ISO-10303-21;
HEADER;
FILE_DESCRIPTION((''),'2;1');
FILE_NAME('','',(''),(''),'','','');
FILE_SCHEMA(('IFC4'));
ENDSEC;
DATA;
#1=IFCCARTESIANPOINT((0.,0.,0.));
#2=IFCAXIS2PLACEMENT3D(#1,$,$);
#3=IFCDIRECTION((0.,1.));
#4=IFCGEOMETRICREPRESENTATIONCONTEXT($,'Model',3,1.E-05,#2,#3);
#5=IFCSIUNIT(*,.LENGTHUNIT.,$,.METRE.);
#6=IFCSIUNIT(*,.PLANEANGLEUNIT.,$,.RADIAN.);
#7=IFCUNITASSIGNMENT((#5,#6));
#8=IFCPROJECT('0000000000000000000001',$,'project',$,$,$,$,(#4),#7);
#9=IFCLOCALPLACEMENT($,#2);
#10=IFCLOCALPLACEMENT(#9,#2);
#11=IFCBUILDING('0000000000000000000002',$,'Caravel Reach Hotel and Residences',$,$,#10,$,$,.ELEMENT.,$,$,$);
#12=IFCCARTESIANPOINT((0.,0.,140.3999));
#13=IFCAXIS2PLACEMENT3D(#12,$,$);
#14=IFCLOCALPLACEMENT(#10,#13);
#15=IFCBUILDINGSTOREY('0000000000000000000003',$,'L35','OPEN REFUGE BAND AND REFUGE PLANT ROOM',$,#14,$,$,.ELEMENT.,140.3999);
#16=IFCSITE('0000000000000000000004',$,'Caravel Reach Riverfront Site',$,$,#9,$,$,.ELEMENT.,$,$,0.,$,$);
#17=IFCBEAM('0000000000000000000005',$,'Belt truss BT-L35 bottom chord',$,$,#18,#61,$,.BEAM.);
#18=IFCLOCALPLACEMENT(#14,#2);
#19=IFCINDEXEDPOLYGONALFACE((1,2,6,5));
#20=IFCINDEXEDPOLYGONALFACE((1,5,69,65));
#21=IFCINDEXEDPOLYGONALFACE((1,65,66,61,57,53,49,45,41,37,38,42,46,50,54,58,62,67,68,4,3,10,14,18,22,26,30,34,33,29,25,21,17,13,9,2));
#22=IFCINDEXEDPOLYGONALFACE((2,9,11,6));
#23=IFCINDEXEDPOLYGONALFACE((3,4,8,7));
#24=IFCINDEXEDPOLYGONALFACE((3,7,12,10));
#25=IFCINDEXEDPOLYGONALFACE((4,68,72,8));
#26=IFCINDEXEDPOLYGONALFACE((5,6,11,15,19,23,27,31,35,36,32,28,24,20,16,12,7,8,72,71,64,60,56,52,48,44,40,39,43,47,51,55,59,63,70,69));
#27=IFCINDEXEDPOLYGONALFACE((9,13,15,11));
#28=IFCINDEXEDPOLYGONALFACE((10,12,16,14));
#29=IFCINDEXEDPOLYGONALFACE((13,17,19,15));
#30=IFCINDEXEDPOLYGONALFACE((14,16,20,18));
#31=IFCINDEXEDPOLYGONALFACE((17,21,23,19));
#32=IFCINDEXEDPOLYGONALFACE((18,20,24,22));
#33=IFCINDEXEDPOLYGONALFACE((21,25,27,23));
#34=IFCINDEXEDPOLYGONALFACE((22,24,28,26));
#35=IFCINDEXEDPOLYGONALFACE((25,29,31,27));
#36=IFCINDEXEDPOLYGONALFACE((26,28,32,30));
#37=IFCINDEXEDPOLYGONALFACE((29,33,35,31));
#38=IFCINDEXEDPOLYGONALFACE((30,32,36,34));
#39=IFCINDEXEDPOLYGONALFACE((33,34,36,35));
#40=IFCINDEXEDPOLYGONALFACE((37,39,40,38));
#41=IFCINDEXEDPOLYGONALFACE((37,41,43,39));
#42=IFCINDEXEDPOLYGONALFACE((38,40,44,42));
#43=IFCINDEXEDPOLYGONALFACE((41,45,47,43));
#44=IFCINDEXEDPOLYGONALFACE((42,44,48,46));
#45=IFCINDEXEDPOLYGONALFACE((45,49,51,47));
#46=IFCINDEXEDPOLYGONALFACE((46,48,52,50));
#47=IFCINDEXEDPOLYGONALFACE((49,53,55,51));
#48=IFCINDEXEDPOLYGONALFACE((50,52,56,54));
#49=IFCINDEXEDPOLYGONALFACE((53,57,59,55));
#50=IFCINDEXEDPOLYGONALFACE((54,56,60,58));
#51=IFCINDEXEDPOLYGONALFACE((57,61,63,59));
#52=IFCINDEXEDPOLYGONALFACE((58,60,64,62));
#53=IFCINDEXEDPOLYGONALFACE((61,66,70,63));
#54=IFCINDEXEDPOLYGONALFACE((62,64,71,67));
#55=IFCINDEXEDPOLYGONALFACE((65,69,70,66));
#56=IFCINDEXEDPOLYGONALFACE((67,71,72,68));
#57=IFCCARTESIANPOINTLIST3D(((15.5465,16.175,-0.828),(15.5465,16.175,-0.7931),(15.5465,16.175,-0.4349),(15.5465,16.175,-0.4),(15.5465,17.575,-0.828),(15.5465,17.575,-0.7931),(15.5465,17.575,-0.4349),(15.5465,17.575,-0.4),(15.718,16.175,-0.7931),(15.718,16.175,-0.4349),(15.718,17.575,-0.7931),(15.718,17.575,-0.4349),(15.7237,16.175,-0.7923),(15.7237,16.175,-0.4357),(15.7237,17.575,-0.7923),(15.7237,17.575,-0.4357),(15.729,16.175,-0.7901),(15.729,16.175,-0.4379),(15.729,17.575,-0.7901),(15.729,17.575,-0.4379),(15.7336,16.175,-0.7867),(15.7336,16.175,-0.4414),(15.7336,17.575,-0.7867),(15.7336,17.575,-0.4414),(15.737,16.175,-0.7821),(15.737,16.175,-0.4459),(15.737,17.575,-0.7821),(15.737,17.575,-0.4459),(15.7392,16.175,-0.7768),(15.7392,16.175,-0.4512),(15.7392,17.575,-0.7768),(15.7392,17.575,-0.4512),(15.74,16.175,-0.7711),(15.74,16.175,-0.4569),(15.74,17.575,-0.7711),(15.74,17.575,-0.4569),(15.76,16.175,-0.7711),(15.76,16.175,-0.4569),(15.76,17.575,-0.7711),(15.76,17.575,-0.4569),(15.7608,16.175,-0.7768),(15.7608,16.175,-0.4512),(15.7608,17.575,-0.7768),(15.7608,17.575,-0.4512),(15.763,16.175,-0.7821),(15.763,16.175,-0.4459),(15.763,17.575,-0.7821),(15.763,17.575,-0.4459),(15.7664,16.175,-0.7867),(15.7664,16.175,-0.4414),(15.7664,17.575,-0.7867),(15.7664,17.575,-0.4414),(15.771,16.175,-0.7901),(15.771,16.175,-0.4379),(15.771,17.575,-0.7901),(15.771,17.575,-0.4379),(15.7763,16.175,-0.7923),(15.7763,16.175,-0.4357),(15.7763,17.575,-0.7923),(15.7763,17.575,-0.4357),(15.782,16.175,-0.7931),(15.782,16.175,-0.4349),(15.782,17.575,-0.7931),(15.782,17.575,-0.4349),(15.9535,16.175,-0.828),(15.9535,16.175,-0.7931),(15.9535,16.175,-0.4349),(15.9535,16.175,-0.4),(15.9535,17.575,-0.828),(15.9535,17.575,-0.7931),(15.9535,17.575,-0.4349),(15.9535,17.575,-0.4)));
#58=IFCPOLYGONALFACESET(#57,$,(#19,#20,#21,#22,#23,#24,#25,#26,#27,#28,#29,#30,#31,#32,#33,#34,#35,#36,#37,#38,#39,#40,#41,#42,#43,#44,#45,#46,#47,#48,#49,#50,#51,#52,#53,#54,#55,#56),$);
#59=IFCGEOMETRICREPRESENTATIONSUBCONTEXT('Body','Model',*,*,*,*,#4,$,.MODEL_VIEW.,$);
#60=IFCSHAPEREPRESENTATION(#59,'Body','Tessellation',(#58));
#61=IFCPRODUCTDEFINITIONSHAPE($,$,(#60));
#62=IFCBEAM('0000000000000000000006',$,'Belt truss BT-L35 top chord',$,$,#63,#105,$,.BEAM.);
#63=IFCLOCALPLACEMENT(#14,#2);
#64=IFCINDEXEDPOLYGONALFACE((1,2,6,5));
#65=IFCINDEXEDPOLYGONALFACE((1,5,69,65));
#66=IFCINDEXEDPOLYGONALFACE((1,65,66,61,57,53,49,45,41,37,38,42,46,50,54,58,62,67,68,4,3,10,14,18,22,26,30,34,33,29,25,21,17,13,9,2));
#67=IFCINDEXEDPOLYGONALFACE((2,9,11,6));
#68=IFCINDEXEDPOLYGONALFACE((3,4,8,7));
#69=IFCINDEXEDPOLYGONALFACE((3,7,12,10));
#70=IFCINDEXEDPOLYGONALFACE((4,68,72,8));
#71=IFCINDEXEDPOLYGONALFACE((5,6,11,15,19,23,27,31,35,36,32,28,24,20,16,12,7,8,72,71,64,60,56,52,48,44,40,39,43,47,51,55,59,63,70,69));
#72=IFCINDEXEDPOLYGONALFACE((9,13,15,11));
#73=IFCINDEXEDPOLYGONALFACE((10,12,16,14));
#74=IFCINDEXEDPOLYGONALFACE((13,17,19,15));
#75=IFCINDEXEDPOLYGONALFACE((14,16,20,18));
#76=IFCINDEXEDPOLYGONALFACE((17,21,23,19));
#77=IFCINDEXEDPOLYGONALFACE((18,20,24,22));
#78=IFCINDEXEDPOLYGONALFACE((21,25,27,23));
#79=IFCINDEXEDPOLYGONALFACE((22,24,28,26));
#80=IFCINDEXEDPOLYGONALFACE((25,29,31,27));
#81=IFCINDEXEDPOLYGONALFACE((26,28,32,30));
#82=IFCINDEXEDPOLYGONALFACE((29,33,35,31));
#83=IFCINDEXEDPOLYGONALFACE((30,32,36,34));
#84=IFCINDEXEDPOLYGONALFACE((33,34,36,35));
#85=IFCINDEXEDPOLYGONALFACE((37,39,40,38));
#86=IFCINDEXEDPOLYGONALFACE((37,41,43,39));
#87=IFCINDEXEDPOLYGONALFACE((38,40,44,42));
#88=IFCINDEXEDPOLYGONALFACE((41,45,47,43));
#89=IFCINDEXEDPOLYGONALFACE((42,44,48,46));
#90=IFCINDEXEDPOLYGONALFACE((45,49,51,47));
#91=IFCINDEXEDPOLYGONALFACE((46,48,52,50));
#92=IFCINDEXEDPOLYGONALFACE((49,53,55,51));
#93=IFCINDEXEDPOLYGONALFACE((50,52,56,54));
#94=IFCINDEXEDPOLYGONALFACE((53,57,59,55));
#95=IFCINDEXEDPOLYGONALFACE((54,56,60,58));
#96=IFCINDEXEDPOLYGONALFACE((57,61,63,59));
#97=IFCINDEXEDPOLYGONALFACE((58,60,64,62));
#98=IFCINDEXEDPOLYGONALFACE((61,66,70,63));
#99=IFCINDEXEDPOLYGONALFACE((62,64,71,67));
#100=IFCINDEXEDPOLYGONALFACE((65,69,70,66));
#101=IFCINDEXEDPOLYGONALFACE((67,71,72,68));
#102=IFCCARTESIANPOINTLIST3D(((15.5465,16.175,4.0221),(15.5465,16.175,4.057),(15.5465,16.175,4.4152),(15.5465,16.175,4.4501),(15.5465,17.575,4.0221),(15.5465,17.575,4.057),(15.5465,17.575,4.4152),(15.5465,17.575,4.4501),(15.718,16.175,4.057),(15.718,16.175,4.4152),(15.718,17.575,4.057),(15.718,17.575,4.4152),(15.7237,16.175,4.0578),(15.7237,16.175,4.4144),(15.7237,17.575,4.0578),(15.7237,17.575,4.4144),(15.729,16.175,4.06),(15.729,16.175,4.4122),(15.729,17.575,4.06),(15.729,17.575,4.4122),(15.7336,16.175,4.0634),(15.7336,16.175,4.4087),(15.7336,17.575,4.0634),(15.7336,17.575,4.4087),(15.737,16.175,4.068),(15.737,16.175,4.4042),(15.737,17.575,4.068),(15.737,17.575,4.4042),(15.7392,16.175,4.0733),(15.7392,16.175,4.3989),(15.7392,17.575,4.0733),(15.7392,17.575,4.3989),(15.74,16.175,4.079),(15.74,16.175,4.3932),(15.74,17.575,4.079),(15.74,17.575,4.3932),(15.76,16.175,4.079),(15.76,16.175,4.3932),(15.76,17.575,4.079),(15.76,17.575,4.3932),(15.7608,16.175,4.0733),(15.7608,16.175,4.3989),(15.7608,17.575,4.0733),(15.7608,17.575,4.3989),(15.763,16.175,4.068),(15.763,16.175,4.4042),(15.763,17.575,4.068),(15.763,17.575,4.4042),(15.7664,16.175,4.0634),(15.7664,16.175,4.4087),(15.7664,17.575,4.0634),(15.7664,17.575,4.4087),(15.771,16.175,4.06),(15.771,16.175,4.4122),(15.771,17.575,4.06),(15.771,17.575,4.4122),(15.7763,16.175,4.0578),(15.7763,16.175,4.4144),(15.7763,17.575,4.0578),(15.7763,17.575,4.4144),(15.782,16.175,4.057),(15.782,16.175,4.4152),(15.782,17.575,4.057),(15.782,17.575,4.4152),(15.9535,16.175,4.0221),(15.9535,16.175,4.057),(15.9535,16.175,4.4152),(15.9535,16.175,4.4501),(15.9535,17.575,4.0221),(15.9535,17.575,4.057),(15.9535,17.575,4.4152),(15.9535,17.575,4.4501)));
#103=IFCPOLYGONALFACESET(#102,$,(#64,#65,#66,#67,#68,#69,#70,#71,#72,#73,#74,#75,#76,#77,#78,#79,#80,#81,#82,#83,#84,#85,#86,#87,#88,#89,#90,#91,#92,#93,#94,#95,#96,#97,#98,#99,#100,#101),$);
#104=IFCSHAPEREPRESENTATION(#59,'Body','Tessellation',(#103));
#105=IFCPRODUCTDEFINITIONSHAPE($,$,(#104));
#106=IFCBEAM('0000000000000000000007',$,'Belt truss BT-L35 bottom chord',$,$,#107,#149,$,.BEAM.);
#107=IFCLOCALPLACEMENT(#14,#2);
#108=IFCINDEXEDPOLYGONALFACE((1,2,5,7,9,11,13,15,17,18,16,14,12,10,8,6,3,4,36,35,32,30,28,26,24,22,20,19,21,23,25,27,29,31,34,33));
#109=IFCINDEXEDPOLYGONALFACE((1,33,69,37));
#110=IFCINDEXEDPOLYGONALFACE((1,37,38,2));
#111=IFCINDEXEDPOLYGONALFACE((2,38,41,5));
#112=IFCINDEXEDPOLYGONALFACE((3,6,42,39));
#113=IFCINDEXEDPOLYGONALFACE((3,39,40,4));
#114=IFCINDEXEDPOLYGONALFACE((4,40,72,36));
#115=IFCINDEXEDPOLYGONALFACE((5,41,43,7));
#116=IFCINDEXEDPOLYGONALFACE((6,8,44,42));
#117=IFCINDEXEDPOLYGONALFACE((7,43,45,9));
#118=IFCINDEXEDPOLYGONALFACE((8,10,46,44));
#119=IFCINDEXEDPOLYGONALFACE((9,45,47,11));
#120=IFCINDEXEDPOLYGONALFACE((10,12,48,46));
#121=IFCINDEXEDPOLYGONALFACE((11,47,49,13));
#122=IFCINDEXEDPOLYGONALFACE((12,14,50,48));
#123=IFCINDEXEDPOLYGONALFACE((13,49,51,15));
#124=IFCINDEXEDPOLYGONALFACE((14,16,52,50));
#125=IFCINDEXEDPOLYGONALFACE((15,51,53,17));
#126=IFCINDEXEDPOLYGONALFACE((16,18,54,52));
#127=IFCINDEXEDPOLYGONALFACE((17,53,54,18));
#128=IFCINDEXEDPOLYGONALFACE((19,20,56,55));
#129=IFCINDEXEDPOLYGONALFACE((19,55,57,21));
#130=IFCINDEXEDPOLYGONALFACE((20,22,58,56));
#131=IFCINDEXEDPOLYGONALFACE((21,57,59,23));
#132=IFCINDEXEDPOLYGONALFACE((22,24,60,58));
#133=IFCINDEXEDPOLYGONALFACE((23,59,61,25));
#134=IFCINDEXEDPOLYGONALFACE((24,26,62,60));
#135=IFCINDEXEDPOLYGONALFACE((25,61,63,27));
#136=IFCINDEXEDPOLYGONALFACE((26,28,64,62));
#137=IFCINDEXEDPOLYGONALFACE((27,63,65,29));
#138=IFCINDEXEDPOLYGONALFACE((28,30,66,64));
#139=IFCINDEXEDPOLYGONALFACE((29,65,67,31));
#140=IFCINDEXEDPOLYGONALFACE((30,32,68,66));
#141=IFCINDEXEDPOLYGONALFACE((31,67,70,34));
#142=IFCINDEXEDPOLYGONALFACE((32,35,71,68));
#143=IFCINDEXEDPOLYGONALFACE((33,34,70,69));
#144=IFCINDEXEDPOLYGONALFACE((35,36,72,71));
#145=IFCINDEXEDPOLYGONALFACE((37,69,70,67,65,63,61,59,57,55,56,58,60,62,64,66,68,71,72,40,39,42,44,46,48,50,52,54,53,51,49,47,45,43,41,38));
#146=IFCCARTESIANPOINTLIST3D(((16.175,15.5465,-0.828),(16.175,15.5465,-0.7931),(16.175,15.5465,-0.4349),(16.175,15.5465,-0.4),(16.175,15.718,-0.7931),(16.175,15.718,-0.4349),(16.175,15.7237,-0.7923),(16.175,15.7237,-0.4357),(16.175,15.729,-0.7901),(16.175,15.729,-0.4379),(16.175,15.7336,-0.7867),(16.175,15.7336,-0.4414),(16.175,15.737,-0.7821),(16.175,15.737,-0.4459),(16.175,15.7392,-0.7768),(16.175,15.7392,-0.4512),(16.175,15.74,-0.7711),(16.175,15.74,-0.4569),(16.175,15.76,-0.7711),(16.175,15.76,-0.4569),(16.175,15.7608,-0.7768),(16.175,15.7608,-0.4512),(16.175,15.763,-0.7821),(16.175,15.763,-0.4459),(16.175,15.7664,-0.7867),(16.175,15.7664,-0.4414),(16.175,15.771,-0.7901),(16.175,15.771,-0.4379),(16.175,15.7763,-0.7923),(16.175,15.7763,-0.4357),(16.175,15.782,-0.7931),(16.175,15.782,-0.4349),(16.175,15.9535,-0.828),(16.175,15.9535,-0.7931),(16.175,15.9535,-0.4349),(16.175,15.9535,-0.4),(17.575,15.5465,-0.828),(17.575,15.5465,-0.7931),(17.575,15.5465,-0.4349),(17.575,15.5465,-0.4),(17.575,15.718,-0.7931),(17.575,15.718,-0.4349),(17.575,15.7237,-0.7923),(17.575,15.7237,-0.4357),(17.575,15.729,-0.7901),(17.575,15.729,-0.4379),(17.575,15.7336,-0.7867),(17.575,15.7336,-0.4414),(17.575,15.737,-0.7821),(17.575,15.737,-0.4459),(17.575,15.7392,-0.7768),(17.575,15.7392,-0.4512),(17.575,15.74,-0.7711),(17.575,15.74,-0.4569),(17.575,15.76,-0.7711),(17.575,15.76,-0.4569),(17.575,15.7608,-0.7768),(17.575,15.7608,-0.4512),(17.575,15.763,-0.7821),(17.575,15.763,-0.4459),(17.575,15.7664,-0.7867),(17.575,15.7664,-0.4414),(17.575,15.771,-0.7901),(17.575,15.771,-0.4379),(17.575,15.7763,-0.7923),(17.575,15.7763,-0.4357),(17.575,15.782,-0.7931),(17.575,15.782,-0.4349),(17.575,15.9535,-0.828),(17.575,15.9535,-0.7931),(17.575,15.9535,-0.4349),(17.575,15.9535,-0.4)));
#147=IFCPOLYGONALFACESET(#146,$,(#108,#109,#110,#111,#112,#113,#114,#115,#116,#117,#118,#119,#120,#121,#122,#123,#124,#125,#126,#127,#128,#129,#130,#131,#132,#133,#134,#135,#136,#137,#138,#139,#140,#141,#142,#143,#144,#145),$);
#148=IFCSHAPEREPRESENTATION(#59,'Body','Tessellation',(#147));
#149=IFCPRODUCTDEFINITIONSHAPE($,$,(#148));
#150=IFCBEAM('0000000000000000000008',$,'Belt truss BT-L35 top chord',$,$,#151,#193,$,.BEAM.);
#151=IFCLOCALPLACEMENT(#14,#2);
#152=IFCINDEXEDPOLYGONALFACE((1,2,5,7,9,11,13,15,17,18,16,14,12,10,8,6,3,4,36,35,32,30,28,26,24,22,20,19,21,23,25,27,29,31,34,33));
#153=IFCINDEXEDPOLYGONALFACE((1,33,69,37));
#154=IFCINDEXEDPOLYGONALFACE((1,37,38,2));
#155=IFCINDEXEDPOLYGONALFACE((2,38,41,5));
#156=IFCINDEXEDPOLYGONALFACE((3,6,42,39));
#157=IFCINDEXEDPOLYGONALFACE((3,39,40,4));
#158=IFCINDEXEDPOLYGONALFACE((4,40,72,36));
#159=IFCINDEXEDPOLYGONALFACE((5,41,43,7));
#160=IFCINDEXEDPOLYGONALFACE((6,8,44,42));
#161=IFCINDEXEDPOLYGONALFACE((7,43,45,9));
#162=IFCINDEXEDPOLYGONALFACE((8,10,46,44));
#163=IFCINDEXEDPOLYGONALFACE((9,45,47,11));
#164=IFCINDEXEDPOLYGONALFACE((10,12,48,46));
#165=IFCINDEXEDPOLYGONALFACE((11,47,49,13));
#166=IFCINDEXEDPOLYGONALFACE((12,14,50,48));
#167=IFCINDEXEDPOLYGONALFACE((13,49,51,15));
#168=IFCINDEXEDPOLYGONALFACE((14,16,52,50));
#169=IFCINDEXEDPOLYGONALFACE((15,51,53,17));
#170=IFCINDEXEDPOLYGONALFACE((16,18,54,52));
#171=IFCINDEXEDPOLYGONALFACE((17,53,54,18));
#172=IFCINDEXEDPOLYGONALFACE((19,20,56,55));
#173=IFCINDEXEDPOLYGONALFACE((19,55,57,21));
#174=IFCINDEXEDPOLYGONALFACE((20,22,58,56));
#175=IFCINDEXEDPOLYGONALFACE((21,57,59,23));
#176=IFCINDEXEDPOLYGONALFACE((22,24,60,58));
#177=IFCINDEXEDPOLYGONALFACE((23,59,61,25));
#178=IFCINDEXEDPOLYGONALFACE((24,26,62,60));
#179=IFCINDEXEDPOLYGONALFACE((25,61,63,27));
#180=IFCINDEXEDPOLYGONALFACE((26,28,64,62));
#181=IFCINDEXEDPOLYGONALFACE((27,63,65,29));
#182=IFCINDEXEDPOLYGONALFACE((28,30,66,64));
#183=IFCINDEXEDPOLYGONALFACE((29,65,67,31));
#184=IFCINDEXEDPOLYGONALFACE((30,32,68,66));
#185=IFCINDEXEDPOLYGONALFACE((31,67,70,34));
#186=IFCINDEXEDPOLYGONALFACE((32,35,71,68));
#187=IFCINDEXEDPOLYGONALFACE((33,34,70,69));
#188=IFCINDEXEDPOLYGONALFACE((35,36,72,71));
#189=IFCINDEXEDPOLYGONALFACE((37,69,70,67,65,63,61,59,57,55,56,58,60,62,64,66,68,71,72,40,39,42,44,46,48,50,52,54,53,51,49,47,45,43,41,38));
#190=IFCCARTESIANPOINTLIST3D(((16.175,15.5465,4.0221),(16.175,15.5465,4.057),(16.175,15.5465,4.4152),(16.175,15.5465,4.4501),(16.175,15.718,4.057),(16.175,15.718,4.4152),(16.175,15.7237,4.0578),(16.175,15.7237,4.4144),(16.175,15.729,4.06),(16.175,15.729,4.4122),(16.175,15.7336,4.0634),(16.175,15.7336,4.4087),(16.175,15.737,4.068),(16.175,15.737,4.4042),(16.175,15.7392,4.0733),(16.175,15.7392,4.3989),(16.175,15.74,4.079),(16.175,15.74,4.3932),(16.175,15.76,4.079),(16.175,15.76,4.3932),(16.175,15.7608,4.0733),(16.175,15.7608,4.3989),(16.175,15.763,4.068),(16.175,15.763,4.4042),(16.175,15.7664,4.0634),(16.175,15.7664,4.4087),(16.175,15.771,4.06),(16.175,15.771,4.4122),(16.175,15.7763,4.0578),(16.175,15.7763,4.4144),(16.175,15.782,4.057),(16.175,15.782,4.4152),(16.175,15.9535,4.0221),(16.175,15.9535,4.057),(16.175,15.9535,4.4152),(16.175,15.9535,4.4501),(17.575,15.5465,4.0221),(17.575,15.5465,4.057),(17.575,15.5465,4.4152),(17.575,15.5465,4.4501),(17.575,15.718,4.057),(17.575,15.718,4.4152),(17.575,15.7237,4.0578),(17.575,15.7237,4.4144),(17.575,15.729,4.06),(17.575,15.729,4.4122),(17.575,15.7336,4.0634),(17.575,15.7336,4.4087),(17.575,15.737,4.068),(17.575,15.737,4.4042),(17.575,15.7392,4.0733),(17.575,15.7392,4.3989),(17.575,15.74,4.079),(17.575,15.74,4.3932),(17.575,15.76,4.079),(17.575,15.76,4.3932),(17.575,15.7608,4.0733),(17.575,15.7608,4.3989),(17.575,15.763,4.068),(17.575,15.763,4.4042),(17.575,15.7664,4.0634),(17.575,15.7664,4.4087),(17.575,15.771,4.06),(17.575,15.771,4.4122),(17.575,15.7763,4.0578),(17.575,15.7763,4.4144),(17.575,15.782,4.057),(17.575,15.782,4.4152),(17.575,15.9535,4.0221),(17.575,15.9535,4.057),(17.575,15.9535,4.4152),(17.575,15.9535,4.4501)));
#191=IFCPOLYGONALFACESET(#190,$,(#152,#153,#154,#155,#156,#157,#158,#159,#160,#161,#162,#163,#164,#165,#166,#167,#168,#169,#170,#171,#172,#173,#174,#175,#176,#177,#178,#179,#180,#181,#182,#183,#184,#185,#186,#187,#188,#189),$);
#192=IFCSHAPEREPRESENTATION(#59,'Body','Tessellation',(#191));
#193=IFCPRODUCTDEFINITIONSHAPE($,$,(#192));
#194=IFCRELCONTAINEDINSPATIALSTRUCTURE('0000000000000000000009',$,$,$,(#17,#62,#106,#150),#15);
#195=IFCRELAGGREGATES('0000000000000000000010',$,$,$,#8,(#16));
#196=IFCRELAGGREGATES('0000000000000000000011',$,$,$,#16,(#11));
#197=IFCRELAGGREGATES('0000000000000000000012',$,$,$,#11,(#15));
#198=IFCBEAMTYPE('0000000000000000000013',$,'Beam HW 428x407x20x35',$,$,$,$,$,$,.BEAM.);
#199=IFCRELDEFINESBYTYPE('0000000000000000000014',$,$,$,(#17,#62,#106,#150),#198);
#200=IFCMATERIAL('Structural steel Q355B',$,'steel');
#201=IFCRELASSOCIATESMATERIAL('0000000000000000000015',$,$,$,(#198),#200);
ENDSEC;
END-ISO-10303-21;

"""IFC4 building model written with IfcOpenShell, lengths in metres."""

from ifc_helpers import new_model, si_unit, direction, frame, origin, origin_2d, place, context, subcontext, project, spatial, i_section, extrude, material, material_profile, profile_set, type_object, element, save


model = new_model("IFC4")

# Units and contexts
model_context = context("Model", 3, precision=1e-05, world=origin(), true_north=direction((0.0, 1.0)))
body_context = subcontext(model_context, "Body", "Model", "MODEL_VIEW")
ifc_project = project(units=[si_unit("LENGTHUNIT", "METRE"), si_unit("PLANEANGLEUNIT", "RADIAN")], contexts=[model_context])

# Site, building, storey
site_placement = place(None, origin())
site = spatial("IfcSite", under=ifc_project, at=site_placement, Name="Caravel Reach Riverfront Site", CompositionType="ELEMENT", RefElevation=0.0)
building_placement = place(site_placement, origin())
building = spatial("IfcBuilding", under=site, at=building_placement, Name="Caravel Reach Hotel and Residences", CompositionType="ELEMENT")
storey_placement = place(building_placement, frame((0.0, 0.0, 140.3999)))
storey = spatial("IfcBuildingStorey", under=building, at=storey_placement, Name="L35", Description="OPEN REFUGE BAND AND REFUGE PLANT ROOM", CompositionType="ELEMENT", Elevation=140.3999)

# Beams
ifc_material_1 = material(Name="Structural steel Q355B", Category="steel")
ifc_material_profile_1 = material_profile(ifc_material_1, i_section(OverallWidth=0.407, OverallDepth=0.428, WebThickness=0.02, FlangeThickness=0.0349, FilletRadius=0.022, at=origin_2d()), Name="HW 428x407x20x35")
ifc_profile_set_1 = profile_set([ifc_material_profile_1], Name="Structural steel Q355B")
beam_type = type_object("IfcBeamType", Name="Beam HW 428x407x20x35", PredefinedType="BEAM", material=ifc_profile_set_1)
for number, where, z_axis, x_axis, name in (
    (1, (15.75, 17.575, -0.614), (0.0, -1.0, 0.0), (1.0, 0.0, 0.0), "Belt truss BT-L35 bottom chord"),
    (2, (15.75, 17.575, 4.2361), (0.0, -1.0, 0.0), (1.0, 0.0, 0.0), "Belt truss BT-L35 top chord"),
    (3, (16.175, 15.75, -0.614), (1.0, 0.0, 0.0), (0.0, 1.0, 0.0), "Belt truss BT-L35 bottom chord"),
    (4, (16.175, 15.75, 4.2361), (1.0, 0.0, 0.0), (0.0, 1.0, 0.0), "Belt truss BT-L35 top chord"),
):
    element("IfcBeam", number, at=place(storey_placement, frame(where, z_axis=z_axis, x_axis=x_axis)), inside=storey, type_object=beam_type, Name=name, PredefinedType="BEAM", context=body_context, shape_type="SweptSolid", body=[
        extrude(i_section(OverallWidth=0.407, OverallDepth=0.428, WebThickness=0.02, FlangeThickness=0.0349, FilletRadius=0.022, at=origin_2d()), origin(), (0.0, 0.0, 1.0), 1.3999),
    ])

save(model, "model.ifc")
